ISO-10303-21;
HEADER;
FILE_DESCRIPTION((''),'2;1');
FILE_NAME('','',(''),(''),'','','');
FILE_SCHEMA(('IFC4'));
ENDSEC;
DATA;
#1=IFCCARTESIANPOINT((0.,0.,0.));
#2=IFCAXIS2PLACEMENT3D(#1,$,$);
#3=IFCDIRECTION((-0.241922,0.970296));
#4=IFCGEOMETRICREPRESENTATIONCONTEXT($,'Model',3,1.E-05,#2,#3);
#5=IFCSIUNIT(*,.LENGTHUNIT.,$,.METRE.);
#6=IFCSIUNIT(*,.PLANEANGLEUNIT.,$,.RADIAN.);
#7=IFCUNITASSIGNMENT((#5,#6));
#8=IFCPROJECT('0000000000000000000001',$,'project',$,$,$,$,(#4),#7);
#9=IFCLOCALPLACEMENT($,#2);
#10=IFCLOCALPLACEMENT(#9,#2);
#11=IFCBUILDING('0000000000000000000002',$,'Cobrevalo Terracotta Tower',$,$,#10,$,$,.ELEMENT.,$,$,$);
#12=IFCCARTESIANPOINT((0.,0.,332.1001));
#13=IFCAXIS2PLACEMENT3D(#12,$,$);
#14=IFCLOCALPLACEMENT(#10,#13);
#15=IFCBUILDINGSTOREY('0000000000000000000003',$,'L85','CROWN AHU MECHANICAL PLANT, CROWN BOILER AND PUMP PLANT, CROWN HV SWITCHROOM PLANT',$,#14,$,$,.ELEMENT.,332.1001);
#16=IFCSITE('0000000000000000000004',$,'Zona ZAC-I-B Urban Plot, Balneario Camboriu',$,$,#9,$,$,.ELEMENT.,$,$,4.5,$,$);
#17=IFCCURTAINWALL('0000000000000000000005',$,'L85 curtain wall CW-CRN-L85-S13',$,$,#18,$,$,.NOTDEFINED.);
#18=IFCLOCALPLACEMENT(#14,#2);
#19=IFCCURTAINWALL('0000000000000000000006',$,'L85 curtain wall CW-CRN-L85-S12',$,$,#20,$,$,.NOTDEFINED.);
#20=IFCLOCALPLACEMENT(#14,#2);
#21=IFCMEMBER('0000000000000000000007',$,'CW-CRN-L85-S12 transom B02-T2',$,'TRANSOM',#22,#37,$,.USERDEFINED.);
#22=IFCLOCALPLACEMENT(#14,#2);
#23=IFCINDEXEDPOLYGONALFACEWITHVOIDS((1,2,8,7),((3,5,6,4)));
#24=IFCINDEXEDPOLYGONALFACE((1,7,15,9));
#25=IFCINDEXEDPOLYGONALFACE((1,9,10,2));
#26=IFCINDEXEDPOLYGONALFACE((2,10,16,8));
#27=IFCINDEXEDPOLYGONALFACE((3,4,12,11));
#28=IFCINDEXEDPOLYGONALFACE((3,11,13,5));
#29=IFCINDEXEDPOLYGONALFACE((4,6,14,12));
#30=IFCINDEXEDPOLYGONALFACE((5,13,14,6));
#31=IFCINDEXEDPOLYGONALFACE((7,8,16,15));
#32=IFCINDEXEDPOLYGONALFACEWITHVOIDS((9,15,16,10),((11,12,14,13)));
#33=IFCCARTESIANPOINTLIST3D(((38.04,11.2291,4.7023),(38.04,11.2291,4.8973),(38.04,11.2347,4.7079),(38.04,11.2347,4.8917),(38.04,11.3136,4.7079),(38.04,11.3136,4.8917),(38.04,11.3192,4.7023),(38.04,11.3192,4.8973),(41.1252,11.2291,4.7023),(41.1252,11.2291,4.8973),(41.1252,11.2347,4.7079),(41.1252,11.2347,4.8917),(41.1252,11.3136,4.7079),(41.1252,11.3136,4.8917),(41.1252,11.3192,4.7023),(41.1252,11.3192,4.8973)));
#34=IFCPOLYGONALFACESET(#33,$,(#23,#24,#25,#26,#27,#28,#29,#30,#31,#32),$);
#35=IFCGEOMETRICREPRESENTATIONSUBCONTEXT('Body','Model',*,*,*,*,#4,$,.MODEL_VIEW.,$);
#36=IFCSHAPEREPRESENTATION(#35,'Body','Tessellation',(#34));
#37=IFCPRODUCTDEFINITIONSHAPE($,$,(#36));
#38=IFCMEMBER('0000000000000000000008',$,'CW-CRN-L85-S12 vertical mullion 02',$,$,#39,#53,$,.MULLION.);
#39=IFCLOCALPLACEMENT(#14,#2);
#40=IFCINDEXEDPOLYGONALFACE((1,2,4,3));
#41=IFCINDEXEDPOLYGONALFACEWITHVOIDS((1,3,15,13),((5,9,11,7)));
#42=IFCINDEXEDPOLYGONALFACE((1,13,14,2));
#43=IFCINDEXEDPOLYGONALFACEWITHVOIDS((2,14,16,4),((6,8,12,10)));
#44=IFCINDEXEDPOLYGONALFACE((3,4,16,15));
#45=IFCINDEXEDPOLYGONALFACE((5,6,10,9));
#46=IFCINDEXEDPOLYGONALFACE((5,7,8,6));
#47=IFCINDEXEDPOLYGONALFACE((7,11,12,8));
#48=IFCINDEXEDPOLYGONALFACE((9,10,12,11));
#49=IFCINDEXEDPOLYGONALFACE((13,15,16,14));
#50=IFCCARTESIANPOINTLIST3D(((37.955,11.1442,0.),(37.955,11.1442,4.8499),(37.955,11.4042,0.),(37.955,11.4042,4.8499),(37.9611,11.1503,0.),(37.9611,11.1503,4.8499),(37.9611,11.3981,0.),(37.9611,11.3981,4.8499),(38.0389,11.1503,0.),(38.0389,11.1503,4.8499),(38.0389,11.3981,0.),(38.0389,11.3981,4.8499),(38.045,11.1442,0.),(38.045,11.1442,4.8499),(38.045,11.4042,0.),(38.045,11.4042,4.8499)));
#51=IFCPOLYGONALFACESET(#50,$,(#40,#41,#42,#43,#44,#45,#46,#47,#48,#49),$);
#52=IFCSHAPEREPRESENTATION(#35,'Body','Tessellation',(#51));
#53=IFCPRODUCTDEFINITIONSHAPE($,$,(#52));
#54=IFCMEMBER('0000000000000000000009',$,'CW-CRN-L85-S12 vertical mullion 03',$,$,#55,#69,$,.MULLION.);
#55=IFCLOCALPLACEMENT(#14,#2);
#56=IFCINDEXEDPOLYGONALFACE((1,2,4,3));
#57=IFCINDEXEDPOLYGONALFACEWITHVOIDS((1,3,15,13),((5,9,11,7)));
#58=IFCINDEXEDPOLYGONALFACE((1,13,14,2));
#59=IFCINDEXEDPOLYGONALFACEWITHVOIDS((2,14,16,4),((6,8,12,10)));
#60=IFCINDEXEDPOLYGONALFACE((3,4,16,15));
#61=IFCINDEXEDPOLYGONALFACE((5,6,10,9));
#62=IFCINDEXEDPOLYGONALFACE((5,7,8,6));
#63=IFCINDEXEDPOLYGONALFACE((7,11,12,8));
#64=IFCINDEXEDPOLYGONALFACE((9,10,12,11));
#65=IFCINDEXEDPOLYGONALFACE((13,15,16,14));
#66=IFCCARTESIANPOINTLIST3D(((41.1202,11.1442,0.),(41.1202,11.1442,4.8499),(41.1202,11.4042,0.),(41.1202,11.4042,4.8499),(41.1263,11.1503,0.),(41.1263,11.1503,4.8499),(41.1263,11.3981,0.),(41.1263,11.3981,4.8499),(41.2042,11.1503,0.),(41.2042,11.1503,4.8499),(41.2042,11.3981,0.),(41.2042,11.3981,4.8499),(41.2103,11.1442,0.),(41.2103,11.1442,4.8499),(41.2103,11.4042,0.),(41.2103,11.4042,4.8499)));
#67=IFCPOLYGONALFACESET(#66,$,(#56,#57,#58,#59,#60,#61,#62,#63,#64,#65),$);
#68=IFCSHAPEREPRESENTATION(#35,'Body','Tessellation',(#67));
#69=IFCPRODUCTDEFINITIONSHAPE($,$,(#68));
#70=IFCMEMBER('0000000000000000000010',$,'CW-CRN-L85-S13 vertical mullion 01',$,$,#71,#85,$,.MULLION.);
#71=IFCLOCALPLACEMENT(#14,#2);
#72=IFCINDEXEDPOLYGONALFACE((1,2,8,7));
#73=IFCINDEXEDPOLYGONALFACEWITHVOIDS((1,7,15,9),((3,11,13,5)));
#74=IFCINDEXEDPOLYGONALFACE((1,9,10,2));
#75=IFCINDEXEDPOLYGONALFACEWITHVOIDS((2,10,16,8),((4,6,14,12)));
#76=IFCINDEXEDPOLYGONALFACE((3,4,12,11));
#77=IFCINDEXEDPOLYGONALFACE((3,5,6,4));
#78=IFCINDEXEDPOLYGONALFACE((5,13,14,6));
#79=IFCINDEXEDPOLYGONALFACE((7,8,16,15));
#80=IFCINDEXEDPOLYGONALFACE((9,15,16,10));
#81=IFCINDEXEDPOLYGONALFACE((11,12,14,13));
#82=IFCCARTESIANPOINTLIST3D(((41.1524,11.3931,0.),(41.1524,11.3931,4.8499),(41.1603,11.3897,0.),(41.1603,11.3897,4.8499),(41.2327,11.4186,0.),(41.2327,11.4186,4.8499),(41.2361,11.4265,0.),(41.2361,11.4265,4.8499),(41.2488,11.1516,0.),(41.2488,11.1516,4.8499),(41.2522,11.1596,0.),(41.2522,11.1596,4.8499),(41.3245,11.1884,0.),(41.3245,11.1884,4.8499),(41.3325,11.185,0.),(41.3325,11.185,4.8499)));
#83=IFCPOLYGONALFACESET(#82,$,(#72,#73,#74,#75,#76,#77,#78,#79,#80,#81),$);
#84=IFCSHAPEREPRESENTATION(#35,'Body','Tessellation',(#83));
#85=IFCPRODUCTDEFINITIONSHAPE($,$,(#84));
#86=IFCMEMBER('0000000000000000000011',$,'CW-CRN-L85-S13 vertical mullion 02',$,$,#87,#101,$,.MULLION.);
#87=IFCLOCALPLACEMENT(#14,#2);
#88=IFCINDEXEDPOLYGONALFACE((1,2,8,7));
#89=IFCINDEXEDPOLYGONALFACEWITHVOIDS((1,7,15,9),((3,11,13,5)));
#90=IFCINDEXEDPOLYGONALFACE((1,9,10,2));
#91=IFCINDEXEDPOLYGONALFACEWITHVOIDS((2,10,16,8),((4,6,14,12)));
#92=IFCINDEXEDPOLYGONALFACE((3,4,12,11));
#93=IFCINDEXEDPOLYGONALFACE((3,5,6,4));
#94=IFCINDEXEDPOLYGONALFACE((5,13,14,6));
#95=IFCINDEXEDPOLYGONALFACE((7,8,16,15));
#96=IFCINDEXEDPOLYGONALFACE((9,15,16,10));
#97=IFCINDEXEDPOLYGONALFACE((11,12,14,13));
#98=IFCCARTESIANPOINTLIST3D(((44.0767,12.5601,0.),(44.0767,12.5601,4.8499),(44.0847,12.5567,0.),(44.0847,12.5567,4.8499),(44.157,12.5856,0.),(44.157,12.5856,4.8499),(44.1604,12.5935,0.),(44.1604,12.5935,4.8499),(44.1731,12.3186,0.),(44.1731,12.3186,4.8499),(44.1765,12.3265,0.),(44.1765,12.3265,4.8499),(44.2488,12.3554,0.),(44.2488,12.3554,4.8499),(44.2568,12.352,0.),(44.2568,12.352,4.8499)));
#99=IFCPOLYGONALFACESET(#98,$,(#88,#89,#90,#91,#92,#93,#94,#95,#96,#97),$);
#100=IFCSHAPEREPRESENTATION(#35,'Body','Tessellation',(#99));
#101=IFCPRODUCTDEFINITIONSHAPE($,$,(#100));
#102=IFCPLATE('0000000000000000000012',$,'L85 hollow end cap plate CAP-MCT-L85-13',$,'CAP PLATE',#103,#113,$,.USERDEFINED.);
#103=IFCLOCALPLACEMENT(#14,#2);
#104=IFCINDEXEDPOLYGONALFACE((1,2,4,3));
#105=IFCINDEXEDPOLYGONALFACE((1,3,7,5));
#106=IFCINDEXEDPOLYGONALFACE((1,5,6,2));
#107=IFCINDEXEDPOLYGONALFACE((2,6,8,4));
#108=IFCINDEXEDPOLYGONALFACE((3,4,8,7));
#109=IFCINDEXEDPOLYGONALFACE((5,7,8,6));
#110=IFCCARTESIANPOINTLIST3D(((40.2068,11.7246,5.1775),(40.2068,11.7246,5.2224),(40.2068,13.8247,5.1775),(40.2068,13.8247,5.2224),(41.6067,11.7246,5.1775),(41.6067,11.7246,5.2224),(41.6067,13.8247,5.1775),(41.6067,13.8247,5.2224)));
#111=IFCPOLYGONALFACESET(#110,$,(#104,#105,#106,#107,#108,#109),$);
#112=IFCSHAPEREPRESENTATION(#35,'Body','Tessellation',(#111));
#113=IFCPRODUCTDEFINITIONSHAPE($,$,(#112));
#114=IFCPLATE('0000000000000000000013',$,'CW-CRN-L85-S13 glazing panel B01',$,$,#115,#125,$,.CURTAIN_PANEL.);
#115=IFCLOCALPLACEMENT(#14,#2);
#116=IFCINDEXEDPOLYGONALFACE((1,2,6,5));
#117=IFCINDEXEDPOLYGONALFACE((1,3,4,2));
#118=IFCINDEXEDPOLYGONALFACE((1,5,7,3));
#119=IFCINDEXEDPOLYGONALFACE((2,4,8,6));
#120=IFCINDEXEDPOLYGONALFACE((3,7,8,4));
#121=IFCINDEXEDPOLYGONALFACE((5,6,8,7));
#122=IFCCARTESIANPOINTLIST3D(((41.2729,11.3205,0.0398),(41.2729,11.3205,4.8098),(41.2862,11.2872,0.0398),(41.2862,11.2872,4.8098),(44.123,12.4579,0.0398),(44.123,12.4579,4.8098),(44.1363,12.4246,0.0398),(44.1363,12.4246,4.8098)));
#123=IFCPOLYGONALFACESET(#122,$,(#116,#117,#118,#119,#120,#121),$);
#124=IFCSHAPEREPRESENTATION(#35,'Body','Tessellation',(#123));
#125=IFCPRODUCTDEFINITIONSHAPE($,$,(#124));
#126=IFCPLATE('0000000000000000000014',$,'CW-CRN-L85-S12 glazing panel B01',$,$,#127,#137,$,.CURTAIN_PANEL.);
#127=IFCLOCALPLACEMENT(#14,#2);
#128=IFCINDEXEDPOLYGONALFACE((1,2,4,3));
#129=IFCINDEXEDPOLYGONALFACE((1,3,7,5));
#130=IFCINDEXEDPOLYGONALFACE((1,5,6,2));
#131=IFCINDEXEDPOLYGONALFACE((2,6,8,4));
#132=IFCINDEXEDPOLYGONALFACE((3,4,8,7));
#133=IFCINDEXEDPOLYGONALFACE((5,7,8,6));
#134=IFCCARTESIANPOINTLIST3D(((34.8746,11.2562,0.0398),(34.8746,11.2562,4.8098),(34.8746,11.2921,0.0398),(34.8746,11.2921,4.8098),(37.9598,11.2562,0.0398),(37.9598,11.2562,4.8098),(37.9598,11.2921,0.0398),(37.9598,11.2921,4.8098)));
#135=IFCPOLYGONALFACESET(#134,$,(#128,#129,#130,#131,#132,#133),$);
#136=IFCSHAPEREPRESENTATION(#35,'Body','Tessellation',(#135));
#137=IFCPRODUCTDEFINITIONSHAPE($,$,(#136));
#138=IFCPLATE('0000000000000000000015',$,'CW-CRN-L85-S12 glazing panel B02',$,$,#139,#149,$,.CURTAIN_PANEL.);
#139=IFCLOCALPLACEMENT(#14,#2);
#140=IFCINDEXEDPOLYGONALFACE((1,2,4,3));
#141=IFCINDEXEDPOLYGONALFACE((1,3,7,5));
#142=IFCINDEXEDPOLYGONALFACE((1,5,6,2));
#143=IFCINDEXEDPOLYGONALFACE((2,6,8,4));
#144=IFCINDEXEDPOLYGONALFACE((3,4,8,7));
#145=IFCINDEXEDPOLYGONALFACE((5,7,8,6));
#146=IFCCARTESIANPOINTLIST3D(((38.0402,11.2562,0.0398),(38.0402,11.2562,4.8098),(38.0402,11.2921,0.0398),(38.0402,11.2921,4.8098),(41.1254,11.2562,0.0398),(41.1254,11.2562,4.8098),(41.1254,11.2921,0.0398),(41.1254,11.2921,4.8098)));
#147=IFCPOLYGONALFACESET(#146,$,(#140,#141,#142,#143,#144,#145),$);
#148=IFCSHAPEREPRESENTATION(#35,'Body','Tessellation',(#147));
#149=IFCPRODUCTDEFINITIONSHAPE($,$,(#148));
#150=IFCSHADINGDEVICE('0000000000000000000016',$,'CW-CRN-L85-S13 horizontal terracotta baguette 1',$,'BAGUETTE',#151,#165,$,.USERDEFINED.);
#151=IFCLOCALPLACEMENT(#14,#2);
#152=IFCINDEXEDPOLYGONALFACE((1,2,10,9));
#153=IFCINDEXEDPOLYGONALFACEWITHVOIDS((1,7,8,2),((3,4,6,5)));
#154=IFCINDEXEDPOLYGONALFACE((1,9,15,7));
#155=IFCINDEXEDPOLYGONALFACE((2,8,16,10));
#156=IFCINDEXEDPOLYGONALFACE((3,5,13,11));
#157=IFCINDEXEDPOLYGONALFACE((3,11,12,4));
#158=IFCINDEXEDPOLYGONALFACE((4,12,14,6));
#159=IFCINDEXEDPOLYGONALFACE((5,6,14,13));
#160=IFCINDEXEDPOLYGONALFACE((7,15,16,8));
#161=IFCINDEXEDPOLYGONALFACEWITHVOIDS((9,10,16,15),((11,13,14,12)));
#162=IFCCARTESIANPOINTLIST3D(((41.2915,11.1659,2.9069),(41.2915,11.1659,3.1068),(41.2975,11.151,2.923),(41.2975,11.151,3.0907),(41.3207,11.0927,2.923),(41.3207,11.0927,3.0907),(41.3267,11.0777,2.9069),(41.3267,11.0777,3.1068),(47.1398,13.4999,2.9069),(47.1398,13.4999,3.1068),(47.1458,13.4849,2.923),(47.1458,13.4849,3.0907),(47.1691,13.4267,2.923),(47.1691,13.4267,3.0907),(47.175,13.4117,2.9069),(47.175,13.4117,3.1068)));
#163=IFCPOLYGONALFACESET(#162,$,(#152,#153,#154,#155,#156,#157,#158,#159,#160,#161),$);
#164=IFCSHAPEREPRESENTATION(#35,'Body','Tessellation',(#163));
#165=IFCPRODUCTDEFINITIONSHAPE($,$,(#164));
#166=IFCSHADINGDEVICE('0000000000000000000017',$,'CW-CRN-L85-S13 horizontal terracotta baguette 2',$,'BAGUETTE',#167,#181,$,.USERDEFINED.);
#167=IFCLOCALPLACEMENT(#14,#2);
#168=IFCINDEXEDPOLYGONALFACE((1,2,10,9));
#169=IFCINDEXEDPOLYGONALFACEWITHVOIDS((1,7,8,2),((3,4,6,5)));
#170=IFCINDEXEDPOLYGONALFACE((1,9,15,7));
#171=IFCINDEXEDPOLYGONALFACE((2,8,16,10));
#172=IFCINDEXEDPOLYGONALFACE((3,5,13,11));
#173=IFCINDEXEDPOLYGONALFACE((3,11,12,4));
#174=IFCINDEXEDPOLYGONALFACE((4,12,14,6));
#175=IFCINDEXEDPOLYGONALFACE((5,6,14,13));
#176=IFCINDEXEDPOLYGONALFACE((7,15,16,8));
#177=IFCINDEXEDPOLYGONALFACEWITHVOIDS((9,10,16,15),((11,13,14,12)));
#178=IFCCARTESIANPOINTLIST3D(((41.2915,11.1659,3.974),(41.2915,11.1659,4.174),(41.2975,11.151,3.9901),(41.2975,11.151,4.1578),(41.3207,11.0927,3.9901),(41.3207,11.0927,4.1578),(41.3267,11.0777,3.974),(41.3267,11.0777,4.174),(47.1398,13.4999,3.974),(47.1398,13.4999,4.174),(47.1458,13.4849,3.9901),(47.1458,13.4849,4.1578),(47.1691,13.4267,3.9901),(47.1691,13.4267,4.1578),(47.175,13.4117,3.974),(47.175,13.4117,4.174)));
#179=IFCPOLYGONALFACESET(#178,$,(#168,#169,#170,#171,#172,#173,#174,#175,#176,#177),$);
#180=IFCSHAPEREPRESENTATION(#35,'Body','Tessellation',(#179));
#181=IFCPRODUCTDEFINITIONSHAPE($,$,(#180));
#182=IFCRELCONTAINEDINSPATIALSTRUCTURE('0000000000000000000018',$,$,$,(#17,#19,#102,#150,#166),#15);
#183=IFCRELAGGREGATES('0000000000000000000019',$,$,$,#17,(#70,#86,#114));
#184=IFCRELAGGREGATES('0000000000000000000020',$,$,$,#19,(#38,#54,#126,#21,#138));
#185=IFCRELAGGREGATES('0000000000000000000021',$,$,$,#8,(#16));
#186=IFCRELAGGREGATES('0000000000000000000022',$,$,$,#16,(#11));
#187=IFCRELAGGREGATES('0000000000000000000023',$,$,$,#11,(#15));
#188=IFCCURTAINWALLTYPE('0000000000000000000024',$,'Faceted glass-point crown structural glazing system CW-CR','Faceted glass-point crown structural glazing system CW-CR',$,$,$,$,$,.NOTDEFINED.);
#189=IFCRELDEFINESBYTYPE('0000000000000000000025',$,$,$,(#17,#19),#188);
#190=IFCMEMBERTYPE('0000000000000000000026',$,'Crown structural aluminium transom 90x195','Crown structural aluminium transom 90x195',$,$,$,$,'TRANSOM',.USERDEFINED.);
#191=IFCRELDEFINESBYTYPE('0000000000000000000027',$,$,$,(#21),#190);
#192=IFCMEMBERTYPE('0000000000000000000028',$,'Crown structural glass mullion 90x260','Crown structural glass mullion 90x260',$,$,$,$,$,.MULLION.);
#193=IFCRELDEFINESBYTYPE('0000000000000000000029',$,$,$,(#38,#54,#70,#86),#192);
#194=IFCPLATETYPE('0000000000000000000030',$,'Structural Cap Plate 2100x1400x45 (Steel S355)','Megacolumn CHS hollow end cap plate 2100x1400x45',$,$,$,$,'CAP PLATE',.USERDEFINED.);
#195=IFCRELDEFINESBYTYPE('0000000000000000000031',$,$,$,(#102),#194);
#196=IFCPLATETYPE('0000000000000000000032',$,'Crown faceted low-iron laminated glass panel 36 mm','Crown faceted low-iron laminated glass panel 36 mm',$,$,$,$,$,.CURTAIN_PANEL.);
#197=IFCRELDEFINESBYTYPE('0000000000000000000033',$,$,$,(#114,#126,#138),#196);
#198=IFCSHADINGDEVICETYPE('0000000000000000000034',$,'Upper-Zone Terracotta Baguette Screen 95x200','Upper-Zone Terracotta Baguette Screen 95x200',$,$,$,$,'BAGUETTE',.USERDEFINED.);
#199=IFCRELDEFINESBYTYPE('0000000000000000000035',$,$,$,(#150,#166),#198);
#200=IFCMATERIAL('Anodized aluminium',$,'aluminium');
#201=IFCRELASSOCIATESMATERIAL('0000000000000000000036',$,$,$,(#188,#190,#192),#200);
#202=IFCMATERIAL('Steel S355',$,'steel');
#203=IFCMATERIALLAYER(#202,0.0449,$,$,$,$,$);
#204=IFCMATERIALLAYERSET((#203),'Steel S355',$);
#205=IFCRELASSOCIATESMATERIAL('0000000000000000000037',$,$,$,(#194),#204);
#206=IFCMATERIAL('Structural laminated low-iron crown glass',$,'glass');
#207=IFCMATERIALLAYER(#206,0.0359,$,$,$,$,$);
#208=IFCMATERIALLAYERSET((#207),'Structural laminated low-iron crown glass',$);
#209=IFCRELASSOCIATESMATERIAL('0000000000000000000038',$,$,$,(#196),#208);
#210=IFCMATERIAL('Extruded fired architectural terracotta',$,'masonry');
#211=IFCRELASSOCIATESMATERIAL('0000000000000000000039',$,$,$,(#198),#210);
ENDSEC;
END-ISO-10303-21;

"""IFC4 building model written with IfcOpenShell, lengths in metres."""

from ifc_helpers import new_model, si_unit, direction, frame, origin, origin_2d, place, context, subcontext, project, spatial, rectangle, hollow_rectangle, extrude, source, transform, mapped, material, layer, layer_set, material_profile, profile_set, type_object, element, aggregate, save


model = new_model("IFC4")

# Units and contexts
model_context = context("Model", 3, precision=1e-05, world=origin(), true_north=direction((-0.241922, 0.970296)))
body_context = subcontext(model_context, "Body", "Model", "MODEL_VIEW")
ifc_project = project(units=[si_unit("LENGTHUNIT", "METRE"), si_unit("PLANEANGLEUNIT", "RADIAN")], contexts=[model_context])

# Site, building, storey
site_placement = place(None, origin())
site = spatial("IfcSite", under=ifc_project, at=site_placement, Name="Zona ZAC-I-B Urban Plot, Balneario Camboriu", CompositionType="ELEMENT", RefElevation=4.5)
building_placement = place(site_placement, origin())
building = spatial("IfcBuilding", under=site, at=building_placement, Name="Cobrevalo Terracotta Tower", CompositionType="ELEMENT")
storey_placement = place(building_placement, frame((0.0, 0.0, 332.1001)))
storey = spatial("IfcBuildingStorey", under=building, at=storey_placement, Name="L85", Description="CROWN AHU MECHANICAL PLANT, CROWN BOILER AND PUMP PLANT, CROWN HV SWITCHROOM PLANT", CompositionType="ELEMENT", Elevation=332.1001)

# Shared definitions
ifc_material_1 = material(Name="Steel S355", Category="steel")

# Curtain walls, members
ifc_material_2 = material(Name="Anodized aluminium", Category="aluminium")
curtain_wall_type = type_object("IfcCurtainWallType", Name="Faceted glass-point crown structural glazing system CW-CR", Description="Faceted glass-point crown structural glazing system CW-CR", PredefinedType="NOTDEFINED", material=ifc_material_2)
curtain_wall_1_placement = place(storey_placement, origin())
curtain_wall_1 = element("IfcCurtainWall", 1, at=curtain_wall_1_placement, inside=storey, type_object=curtain_wall_type, Name="L85 curtain wall CW-CRN-L85-S13", PredefinedType="NOTDEFINED")
ifc_material_profile_1 = material_profile(ifc_material_2, hollow_rectangle(XDim=0.0901, YDim=0.1951, WallThickness=0.0056, at=origin_2d()), Name="CWT 90x195")
ifc_profile_set_1 = profile_set([ifc_material_profile_1], Name="Anodized aluminium")
member_type_1 = type_object("IfcMemberType", Name="Crown structural aluminium transom 90x195", Description="Crown structural aluminium transom 90x195", ElementType="TRANSOM", PredefinedType="USERDEFINED", material=ifc_profile_set_1)
curtain_wall_2_placement = place(storey_placement, origin())
curtain_wall_2 = element("IfcCurtainWall", 2, at=curtain_wall_2_placement, inside=storey, type_object=curtain_wall_type, Name="L85 curtain wall CW-CRN-L85-S12", PredefinedType="NOTDEFINED")
shared_shape_1 = source(origin(), body_context, "Body", "SweptSolid", [
    extrude(hollow_rectangle(XDim=0.0901, YDim=0.1951, WallThickness=0.0056, at=origin_2d()), origin(), (0.0, 0.0, 1.0), 3.0852),
])
member_1_placement = place(storey_placement, frame((38.04, 11.2742, 4.7998), z_axis=(1.0, 0.0, 0.0), x_axis=(0.0, 1.0, 0.0)))
member_1 = element("IfcMember", 3, at=member_1_placement, type_object=member_type_1, Name="CW-CRN-L85-S12 transom B02-T2", ObjectType="TRANSOM", PredefinedType="USERDEFINED", context=body_context, shape_type="MappedRepresentation", body=[
    mapped(shared_shape_1, transform((0.0, 0.0, 0.0), scale=1.0)),
])
ifc_material_profile_2 = material_profile(ifc_material_2, hollow_rectangle(XDim=0.0901, YDim=0.26, WallThickness=0.0061, at=origin_2d()), Name="CWM 90x260")
ifc_profile_set_2 = profile_set([ifc_material_profile_2], Name="Anodized aluminium")
member_type_2 = type_object("IfcMemberType", Name="Crown structural glass mullion 90x260", Description="Crown structural glass mullion 90x260", PredefinedType="MULLION", material=ifc_profile_set_2)
shared_shape_2 = source(origin(), body_context, "Body", "SweptSolid", [
    extrude(hollow_rectangle(XDim=0.0901, YDim=0.26, WallThickness=0.0061, at=origin_2d()), origin(), (0.0, 0.0, 1.0), 4.8499),
])
member_2_placement = place(storey_placement, frame((38.0, 11.2742, 0.0), z_axis=(0.0, 0.0, 1.0), x_axis=(1.0, 0.0, 0.0)))
member_2 = element("IfcMember", 4, at=member_2_placement, type_object=member_type_2, Name="CW-CRN-L85-S12 vertical mullion 02", PredefinedType="MULLION", context=body_context, shape_type="MappedRepresentation", body=[
    mapped(shared_shape_2, transform((0.0, 0.0, 0.0), scale=1.0)),
])
member_3_placement = place(storey_placement, frame((41.1653, 11.2742, 0.0), z_axis=(0.0, 0.0, 1.0), x_axis=(1.0, 0.0, 0.0)))
member_3 = element("IfcMember", 5, at=member_3_placement, type_object=member_type_2, Name="CW-CRN-L85-S12 vertical mullion 03", PredefinedType="MULLION", context=body_context, shape_type="MappedRepresentation", body=[
    mapped(shared_shape_2, transform((0.0, 0.0, 0.0), scale=1.0)),
])

# Members
member_4_placement = place(storey_placement, frame((41.2424, 11.2891, 0.0), z_axis=(0.0, 0.0, 1.0), x_axis=(0.928771, 0.370655, 0.0)))
member_4 = element("IfcMember", 6, at=member_4_placement, type_object=member_type_2, Name="CW-CRN-L85-S13 vertical mullion 01", PredefinedType="MULLION", context=body_context, shape_type="MappedRepresentation", body=[
    mapped(shared_shape_2, transform((0.0, 0.0, 0.0), scale=1.0)),
])
member_5_placement = place(storey_placement, frame((44.1667, 12.4561, 0.0), z_axis=(0.0, 0.0, 1.0), x_axis=(0.928771, 0.370655, 0.0)))
member_5 = element("IfcMember", 7, at=member_5_placement, type_object=member_type_2, Name="CW-CRN-L85-S13 vertical mullion 02", PredefinedType="MULLION", context=body_context, shape_type="MappedRepresentation", body=[
    mapped(shared_shape_2, transform((0.0, 0.0, 0.0), scale=1.0)),
])

# Plates
ifc_layer_1 = layer(ifc_material_1, 0.0449)
ifc_layer_set_1 = layer_set([ifc_layer_1], Name="Steel S355")
plate_type_1 = type_object("IfcPlateType", Name="Structural Cap Plate 2100x1400x45 (Steel S355)", Description="Megacolumn CHS hollow end cap plate 2100x1400x45", ElementType="CAP PLATE", PredefinedType="USERDEFINED", material=ifc_layer_set_1)
shared_shape_3 = source(origin(), body_context, "Body", "SweptSolid", [
    extrude(rectangle(XDim=2.1001, YDim=1.3999, at=origin_2d()), origin(), (0.0, 0.0, 1.0), 0.0449),
])
plate_1_placement = place(storey_placement, frame((40.9067, 12.7747, 5.1775), z_axis=(0.0, 0.0, 1.0), x_axis=(0.0, -1.0, 0.0)))
element("IfcPlate", 8, at=plate_1_placement, inside=storey, type_object=plate_type_1, Name="L85 hollow end cap plate CAP-MCT-L85-13", ObjectType="CAP PLATE", PredefinedType="USERDEFINED", context=body_context, shape_type="MappedRepresentation", body=[
    mapped(shared_shape_3, transform((0.0, 0.0, 0.0), scale=1.0)),
])
ifc_material_3 = material(Name="Structural laminated low-iron crown glass", Category="glass")
ifc_layer_2 = layer(ifc_material_3, 0.0359)
ifc_layer_set_2 = layer_set([ifc_layer_2], Name="Structural laminated low-iron crown glass")
plate_type_2 = type_object("IfcPlateType", Name="Crown faceted low-iron laminated glass panel 36 mm", Description="Crown faceted low-iron laminated glass panel 36 mm", PredefinedType="CURTAIN_PANEL", material=ifc_layer_set_2)
shared_shape_4 = source(origin(), body_context, "Body", "SweptSolid", [
    extrude(rectangle(XDim=3.0686, YDim=0.0359, at=origin_2d()), origin(), (0.0, 0.0, 1.0), 4.77),
])
plate_2_placement = place(storey_placement, frame((42.7046, 11.8726, 0.0398), z_axis=(0.0, 0.0, 1.0), x_axis=(0.928769, 0.37066, 0.0)))
plate_2 = element("IfcPlate", 9, at=plate_2_placement, type_object=plate_type_2, Name="CW-CRN-L85-S13 glazing panel B01", PredefinedType="CURTAIN_PANEL", context=body_context, shape_type="MappedRepresentation", body=[
    mapped(shared_shape_4, transform((0.0, 0.0, 0.0), scale=1.0)),
])
aggregate(curtain_wall_1, [member_4, member_5, plate_2])
shared_shape_5 = source(origin(), body_context, "Body", "SweptSolid", [
    extrude(rectangle(XDim=3.0852, YDim=0.0359, at=origin_2d()), origin(), (0.0, 0.0, 1.0), 4.77),
])
plate_3_placement = place(storey_placement, frame((36.4172, 11.2742, 0.0398), z_axis=(0.0, 0.0, 1.0), x_axis=(1.0, 0.0, 0.0)))
plate_3 = element("IfcPlate", 10, at=plate_3_placement, type_object=plate_type_2, Name="CW-CRN-L85-S12 glazing panel B01", PredefinedType="CURTAIN_PANEL", context=body_context, shape_type="MappedRepresentation", body=[
    mapped(shared_shape_5, transform((0.0, 0.0, 0.0), scale=1.0)),
])
plate_4_placement = place(storey_placement, frame((39.5828, 11.2742, 0.0398), z_axis=(0.0, 0.0, 1.0), x_axis=(1.0, 0.0, 0.0)))
plate_4 = element("IfcPlate", 11, at=plate_4_placement, type_object=plate_type_2, Name="CW-CRN-L85-S12 glazing panel B02", PredefinedType="CURTAIN_PANEL", context=body_context, shape_type="MappedRepresentation", body=[
    mapped(shared_shape_5, transform((0.0, 0.0, 0.0), scale=1.0)),
])
aggregate(curtain_wall_2, [member_2, member_3, plate_3, member_1, plate_4])

# Shading devices
ifc_material_4 = material(Name="Extruded fired architectural terracotta", Category="masonry")
ifc_material_profile_3 = material_profile(ifc_material_4, hollow_rectangle(XDim=0.095, YDim=0.2, WallThickness=0.0161, at=origin_2d()), Name="BAGUETTE 95x200")
ifc_profile_set_3 = profile_set([ifc_material_profile_3], Name="Extruded fired architectural terracotta")
shading_device_type = type_object("IfcShadingDeviceType", Name="Upper-Zone Terracotta Baguette Screen 95x200", Description="Upper-Zone Terracotta Baguette Screen 95x200", ElementType="BAGUETTE", PredefinedType="USERDEFINED", material=ifc_profile_set_3)
shared_shape_6 = source(origin(), body_context, "Body", "SweptSolid", [
    extrude(hollow_rectangle(XDim=0.095, YDim=0.2, WallThickness=0.0161, at=origin_2d()), origin(), (0.0, 0.0, 1.0), 6.2969),
])
for number, where, z_axis, x_axis, name in (
    (12, (41.3091, 11.1218, 3.0068), (0.928771, 0.370655, 0.0), (-0.370655, 0.928771, 0.0), "CW-CRN-L85-S13 horizontal terracotta baguette 1"),
    (13, (41.3091, 11.1218, 4.074), (0.928771, 0.370655, 0.0), (-0.370655, 0.928771, 0.0), "CW-CRN-L85-S13 horizontal terracotta baguette 2"),
):
    element("IfcShadingDevice", number, at=place(storey_placement, frame(where, z_axis=z_axis, x_axis=x_axis)), inside=storey, type_object=shading_device_type, Name=name, ObjectType="BAGUETTE", PredefinedType="USERDEFINED", context=body_context, shape_type="MappedRepresentation", body=[
        mapped(shared_shape_6, transform((0.0, 0.0, 0.0), scale=1.0)),
    ])

save(model, "model.ifc")
